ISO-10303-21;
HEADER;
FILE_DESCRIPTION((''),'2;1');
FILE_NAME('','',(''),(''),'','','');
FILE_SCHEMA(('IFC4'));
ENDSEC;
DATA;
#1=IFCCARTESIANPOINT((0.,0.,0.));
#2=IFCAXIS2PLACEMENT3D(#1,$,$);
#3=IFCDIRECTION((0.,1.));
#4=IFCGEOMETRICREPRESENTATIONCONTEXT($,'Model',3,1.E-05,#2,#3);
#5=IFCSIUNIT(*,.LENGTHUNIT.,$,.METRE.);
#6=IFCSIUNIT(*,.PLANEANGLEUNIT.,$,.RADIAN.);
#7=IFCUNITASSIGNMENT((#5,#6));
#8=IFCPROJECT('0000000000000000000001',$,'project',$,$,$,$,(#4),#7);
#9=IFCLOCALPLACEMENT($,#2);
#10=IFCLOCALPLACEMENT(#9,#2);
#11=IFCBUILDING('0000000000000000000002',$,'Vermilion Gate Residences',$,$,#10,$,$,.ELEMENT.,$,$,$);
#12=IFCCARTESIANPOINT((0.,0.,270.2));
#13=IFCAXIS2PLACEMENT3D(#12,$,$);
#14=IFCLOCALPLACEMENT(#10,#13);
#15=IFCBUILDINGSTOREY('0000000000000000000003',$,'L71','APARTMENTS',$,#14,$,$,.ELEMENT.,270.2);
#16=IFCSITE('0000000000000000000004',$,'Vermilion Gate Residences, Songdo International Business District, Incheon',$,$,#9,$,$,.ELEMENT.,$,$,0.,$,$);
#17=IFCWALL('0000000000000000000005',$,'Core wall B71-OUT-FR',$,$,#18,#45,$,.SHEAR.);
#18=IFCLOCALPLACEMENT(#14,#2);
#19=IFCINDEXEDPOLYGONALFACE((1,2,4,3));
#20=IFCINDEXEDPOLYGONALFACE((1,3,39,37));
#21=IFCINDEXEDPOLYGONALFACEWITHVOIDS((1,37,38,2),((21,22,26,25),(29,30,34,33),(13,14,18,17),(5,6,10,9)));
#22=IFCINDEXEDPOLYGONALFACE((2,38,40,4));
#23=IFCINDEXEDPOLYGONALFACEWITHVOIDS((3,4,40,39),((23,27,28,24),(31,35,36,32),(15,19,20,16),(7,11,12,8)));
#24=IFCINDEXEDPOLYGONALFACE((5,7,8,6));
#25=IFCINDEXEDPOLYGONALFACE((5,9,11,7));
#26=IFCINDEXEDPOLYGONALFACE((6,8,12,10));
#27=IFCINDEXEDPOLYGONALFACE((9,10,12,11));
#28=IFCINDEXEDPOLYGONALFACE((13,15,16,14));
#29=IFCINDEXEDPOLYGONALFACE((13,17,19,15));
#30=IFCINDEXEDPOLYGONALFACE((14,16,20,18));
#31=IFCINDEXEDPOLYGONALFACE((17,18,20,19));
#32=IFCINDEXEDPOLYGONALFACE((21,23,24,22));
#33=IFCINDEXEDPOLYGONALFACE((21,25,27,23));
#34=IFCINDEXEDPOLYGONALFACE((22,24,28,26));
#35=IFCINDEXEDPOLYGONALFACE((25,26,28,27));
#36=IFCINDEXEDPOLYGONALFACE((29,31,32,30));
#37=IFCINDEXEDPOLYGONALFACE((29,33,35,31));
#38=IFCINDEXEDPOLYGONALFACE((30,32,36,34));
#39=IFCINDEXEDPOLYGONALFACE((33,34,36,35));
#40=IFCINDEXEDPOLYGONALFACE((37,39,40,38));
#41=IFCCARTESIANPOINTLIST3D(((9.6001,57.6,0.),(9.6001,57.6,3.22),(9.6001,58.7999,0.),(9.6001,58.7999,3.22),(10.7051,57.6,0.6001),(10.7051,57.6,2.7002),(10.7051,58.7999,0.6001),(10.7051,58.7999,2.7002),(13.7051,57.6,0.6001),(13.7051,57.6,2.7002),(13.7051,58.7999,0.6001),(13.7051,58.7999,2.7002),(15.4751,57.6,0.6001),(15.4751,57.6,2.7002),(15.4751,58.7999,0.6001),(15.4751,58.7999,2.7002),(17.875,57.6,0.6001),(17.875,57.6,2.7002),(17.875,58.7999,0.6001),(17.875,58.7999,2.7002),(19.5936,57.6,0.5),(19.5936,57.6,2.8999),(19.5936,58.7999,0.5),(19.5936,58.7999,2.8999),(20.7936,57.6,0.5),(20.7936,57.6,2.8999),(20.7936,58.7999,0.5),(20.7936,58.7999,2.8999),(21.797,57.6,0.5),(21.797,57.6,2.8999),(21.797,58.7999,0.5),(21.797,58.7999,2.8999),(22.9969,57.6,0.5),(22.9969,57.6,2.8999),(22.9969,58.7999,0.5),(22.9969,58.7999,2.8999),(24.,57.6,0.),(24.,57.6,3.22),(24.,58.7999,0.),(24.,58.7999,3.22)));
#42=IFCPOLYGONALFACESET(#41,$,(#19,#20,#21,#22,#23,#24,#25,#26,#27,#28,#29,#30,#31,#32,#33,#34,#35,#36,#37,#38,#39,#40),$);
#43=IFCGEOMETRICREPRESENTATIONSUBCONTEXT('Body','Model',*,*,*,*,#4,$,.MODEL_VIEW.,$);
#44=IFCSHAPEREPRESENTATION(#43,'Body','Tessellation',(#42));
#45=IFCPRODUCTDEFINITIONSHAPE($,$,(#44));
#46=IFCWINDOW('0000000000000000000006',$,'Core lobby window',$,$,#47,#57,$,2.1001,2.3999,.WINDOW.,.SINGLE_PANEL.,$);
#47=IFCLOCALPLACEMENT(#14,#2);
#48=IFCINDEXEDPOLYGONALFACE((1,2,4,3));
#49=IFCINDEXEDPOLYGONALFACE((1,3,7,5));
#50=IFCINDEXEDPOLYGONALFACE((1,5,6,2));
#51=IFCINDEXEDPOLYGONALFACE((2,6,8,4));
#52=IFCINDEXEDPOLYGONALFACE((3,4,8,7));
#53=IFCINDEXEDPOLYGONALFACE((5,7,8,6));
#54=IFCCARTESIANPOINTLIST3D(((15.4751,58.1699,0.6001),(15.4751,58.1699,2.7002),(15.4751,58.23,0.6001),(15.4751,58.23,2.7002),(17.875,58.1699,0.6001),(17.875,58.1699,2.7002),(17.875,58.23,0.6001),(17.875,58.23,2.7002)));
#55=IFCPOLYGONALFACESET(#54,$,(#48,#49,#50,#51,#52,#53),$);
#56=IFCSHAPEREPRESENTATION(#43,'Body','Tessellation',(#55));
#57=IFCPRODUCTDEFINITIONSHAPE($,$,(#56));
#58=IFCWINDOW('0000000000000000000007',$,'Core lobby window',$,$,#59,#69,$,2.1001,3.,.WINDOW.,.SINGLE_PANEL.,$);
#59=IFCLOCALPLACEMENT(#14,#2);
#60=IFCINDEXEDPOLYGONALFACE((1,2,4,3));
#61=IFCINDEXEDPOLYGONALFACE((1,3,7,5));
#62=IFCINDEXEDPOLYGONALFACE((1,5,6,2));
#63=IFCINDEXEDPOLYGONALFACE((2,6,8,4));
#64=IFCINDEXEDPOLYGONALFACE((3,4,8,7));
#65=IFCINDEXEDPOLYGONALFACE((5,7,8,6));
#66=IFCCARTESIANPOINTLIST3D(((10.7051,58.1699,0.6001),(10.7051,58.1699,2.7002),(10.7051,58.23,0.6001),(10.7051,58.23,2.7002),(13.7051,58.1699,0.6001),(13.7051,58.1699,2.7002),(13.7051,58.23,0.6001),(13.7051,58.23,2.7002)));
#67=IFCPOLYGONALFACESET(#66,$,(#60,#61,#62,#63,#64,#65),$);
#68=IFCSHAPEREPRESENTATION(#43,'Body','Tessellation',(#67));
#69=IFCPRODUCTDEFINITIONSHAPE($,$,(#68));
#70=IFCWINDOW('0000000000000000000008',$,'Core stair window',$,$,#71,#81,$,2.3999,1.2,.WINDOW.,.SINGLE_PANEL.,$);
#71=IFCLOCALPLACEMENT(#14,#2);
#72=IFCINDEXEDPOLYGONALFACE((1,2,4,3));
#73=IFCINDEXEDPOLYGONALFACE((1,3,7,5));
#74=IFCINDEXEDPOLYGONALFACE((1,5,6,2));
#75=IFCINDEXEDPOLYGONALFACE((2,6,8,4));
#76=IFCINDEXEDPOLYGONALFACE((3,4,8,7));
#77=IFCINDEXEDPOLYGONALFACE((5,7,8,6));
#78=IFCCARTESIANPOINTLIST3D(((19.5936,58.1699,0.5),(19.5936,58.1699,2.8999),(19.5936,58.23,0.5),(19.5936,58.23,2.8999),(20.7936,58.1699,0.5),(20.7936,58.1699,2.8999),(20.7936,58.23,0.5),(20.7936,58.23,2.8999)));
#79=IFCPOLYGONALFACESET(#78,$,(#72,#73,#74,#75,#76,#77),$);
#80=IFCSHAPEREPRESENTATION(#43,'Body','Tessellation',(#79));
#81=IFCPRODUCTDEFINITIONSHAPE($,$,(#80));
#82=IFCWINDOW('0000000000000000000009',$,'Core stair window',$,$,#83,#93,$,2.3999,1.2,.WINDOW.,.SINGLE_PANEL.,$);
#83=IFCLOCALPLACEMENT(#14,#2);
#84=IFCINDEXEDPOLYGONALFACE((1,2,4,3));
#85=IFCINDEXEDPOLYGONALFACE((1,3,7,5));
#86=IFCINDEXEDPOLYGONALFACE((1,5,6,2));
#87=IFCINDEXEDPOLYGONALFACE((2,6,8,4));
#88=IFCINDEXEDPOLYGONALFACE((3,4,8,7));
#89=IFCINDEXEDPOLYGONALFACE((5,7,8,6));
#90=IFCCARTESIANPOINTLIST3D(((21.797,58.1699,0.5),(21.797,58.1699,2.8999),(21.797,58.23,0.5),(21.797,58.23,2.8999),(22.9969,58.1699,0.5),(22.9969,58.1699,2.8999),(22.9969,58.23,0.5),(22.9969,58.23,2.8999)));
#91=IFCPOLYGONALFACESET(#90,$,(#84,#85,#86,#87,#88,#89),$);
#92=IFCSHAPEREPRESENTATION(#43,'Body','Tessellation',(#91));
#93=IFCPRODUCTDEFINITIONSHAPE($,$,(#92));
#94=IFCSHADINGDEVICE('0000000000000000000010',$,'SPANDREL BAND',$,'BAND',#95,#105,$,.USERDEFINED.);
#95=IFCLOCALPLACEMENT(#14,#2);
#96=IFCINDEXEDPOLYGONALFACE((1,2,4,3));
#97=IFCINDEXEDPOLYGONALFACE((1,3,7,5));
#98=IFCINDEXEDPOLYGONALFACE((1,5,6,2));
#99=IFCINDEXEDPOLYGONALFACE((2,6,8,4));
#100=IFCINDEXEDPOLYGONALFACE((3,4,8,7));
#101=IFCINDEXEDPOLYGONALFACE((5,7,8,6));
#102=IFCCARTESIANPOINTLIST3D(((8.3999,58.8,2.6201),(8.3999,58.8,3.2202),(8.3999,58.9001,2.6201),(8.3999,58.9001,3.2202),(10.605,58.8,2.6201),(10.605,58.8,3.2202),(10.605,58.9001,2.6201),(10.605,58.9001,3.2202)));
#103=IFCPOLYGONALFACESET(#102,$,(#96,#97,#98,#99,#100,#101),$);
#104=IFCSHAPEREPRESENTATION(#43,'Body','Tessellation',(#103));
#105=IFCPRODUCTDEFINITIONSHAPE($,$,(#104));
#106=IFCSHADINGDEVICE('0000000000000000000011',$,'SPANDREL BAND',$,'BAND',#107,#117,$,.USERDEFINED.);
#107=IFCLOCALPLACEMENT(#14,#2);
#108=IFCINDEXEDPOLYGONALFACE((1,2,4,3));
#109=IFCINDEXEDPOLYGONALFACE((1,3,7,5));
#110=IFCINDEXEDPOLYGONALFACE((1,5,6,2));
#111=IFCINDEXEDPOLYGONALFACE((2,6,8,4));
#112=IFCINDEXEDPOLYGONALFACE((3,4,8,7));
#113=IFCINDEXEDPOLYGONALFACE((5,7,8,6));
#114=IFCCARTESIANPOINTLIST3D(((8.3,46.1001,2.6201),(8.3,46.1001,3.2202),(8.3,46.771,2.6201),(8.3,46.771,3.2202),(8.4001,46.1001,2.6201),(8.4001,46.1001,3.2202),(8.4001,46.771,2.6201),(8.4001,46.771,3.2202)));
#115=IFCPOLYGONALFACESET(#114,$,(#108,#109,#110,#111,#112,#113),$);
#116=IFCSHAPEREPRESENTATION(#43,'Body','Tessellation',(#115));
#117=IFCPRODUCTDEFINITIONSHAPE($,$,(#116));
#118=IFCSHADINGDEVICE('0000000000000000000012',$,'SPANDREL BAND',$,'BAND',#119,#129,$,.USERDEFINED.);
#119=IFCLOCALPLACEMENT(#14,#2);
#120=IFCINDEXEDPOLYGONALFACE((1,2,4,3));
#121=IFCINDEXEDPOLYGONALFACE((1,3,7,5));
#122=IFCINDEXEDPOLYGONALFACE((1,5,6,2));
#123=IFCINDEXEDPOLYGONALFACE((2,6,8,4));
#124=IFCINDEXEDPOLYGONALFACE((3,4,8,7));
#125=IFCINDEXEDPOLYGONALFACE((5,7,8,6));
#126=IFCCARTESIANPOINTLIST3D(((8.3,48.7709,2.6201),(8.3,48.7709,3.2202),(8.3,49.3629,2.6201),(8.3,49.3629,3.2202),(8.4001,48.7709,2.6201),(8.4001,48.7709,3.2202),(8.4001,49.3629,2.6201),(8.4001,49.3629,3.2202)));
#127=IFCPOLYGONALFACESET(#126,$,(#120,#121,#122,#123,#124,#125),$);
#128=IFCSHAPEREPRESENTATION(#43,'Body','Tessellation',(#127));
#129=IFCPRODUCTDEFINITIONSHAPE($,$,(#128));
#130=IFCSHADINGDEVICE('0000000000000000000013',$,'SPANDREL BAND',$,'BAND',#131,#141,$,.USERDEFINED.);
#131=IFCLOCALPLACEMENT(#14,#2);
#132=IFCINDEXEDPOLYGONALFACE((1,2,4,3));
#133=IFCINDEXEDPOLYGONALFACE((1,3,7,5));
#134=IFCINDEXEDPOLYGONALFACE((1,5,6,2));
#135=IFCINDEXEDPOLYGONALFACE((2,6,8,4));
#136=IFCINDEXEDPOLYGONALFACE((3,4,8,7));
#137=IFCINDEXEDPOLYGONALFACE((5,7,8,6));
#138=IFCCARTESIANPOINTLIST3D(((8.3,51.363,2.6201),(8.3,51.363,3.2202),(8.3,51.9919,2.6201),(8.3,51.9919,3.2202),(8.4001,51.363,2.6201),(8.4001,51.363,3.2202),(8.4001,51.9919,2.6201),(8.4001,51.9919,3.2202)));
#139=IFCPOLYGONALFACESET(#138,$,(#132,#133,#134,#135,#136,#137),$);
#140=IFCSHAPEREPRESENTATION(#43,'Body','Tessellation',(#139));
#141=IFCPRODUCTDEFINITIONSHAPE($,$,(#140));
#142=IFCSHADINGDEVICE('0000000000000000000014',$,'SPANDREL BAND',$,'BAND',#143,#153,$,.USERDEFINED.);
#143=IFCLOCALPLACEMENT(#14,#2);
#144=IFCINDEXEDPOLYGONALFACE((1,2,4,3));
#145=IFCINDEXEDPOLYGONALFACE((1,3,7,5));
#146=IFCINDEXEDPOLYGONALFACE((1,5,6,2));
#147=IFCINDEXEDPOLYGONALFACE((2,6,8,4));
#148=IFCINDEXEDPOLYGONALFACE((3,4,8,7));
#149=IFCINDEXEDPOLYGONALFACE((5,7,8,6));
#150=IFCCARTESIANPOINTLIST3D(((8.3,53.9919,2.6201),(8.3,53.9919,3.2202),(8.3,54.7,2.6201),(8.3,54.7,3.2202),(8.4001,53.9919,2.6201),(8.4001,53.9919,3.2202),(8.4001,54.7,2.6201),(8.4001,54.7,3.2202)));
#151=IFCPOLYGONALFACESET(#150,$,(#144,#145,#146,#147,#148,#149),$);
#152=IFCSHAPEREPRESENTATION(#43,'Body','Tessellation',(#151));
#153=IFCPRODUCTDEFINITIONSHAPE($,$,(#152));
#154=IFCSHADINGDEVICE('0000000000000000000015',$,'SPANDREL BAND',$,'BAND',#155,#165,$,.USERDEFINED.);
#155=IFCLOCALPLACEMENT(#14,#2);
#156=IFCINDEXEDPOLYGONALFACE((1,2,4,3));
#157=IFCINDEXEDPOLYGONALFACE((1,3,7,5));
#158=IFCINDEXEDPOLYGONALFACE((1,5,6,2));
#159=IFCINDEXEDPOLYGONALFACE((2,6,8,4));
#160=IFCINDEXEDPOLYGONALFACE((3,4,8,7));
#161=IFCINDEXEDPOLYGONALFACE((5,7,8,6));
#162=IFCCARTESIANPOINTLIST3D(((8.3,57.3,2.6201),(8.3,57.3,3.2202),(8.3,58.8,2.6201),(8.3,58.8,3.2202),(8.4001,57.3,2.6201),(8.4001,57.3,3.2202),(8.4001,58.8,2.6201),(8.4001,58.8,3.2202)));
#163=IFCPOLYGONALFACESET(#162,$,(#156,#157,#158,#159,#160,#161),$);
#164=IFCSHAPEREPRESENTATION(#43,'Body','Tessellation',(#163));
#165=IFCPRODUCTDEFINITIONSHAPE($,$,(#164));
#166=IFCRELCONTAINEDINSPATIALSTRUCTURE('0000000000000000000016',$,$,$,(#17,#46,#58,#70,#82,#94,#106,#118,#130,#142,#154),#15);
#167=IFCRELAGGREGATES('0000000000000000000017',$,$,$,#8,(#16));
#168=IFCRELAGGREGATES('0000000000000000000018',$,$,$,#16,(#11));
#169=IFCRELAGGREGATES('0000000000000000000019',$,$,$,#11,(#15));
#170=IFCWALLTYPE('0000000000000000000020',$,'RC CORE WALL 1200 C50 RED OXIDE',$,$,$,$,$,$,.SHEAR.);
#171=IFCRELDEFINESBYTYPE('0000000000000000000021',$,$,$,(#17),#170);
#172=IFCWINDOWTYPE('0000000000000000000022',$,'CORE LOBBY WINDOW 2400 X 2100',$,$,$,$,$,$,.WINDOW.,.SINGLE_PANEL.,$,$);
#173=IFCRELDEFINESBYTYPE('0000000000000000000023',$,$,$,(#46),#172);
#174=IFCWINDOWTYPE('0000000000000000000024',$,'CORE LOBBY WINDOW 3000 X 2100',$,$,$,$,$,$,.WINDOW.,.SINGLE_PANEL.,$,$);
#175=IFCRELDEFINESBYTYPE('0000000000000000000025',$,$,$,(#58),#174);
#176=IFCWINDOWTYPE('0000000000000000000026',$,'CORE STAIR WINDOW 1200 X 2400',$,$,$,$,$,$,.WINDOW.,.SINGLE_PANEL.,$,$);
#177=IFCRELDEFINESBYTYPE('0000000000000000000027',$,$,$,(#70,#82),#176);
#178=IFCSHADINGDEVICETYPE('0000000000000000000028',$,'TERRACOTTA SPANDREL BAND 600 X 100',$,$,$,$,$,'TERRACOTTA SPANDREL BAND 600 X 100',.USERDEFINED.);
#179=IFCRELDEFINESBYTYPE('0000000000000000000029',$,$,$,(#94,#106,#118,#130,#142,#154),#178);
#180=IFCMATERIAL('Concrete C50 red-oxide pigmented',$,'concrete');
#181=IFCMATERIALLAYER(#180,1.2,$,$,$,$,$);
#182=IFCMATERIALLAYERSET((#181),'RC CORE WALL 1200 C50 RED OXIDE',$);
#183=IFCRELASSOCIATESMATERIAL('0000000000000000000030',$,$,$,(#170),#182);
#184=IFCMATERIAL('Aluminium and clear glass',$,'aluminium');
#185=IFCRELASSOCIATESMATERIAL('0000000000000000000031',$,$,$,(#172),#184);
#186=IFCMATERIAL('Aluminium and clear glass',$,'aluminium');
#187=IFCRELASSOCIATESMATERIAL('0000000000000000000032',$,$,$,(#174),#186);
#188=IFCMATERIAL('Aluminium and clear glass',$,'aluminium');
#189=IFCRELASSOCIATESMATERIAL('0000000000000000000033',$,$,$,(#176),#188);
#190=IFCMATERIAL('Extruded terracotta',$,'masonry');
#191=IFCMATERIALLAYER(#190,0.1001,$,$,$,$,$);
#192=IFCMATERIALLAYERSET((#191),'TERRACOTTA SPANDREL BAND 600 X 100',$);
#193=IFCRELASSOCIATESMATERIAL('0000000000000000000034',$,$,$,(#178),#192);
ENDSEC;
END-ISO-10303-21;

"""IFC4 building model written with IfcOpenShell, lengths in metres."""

from ifc_helpers import new_model, si_unit, direction, frame, frame_2d, origin, origin_2d, place, context, subcontext, project, spatial, rectangle, extrude, material, layer, layer_set, type_object, element, fill, save


model = new_model("IFC4")

# Units and contexts
model_context = context("Model", 3, precision=1e-05, world=origin(), true_north=direction((0.0, 1.0)))
body_context = subcontext(model_context, "Body", "Model", "MODEL_VIEW")
ifc_project = project(units=[si_unit("LENGTHUNIT", "METRE"), si_unit("PLANEANGLEUNIT", "RADIAN")], contexts=[model_context])

# Site, building, storey
site_placement = place(None, origin())
site = spatial("IfcSite", under=ifc_project, at=site_placement, Name="Vermilion Gate Residences, Songdo International Business District, Incheon", CompositionType="ELEMENT", RefElevation=0.0)
building_placement = place(site_placement, origin())
building = spatial("IfcBuilding", under=site, at=building_placement, Name="Vermilion Gate Residences", CompositionType="ELEMENT")
storey_placement = place(building_placement, frame((0.0, 0.0, 270.2)))
storey = spatial("IfcBuildingStorey", under=building, at=storey_placement, Name="L71", Description="APARTMENTS", CompositionType="ELEMENT", Elevation=270.2)

# Wall, openings, windows
ifc_material_1 = material(Name="Concrete C50 red-oxide pigmented", Category="concrete")
ifc_layer_1 = layer(ifc_material_1, 1.2)
ifc_layer_set_1 = layer_set([ifc_layer_1], Name="RC CORE WALL 1200 C50 RED OXIDE")
wall_type_1 = type_object("IfcWallType", Name="RC CORE WALL 1200 C50 RED OXIDE", PredefinedType="SHEAR", material=ifc_layer_set_1)
ifc_material_2 = material(Name="Aluminium and clear glass", Category="aluminium")
window_type_1 = type_object("IfcWindowType", Name="CORE LOBBY WINDOW 2400 X 2100", PartitioningType="SINGLE_PANEL", PredefinedType="WINDOW", material=ifc_material_2)
wall_1_placement = place(storey_placement, frame((9.6001, 58.2, 0.0), z_axis=(0.0, 0.0, 1.0), x_axis=(1.0, 0.0, 0.0)))
wall_1 = element("IfcWall", 1, at=wall_1_placement, inside=storey, type_object=wall_type_1, Name="Core wall B71-OUT-FR", PredefinedType="SHEAR", context=body_context, shape_type="SweptSolid", body=[
    extrude(rectangle(XDim=14.3999, YDim=1.2, at=frame_2d((7.2, 0.0))), origin(), (0.0, 0.0, 1.0), 3.22),
])
opening_1_placement = place(wall_1_placement, frame((1.105, 0.0, 0.6001)))
opening_1 = element("IfcOpeningElement", 2, at=opening_1_placement, cuts=wall_1, PredefinedType="OPENING", context=body_context, shape_type="SweptSolid", body=[
    extrude(rectangle(XDim=3.0, YDim=2.1001, at=frame_2d((1.5, 1.05))), frame((0.0, 0.6099, 0.0), z_axis=(0.0, -1.0, 0.0), x_axis=(1.0, 0.0, 0.0)), (0.0, 0.0, 1.0), 1.22),
])
opening_2_placement = place(wall_1_placement, frame((5.875, 0.0, 0.6001)))
opening_2 = element("IfcOpeningElement", 3, at=opening_2_placement, cuts=wall_1, PredefinedType="OPENING", context=body_context, shape_type="SweptSolid", body=[
    extrude(rectangle(XDim=2.3999, YDim=2.1001, at=frame_2d((1.2, 1.05))), frame((0.0, 0.6099, 0.0), z_axis=(0.0, -1.0, 0.0), x_axis=(1.0, 0.0, 0.0)), (0.0, 0.0, 1.0), 1.22),
])
opening_3_placement = place(wall_1_placement, frame((9.9934, 0.0, 0.5)))
opening_3 = element("IfcOpeningElement", 4, at=opening_3_placement, cuts=wall_1, PredefinedType="OPENING", context=body_context, shape_type="SweptSolid", body=[
    extrude(rectangle(XDim=1.2, YDim=2.3999, at=frame_2d((0.6001, 1.2))), frame((0.0, 0.6099, 0.0), z_axis=(0.0, -1.0, 0.0), x_axis=(1.0, 0.0, 0.0)), (0.0, 0.0, 1.0), 1.22),
])
opening_4_placement = place(wall_1_placement, frame((12.1968, 0.0, 0.5)))
opening_4 = element("IfcOpeningElement", 5, at=opening_4_placement, cuts=wall_1, PredefinedType="OPENING", context=body_context, shape_type="SweptSolid", body=[
    extrude(rectangle(XDim=1.2, YDim=2.3999, at=frame_2d((0.6001, 1.2))), frame((0.0, 0.6099, 0.0), z_axis=(0.0, -1.0, 0.0), x_axis=(1.0, 0.0, 0.0)), (0.0, 0.0, 1.0), 1.22),
])
window_1_placement = place(opening_2_placement, origin())
window_1 = element("IfcWindow", 6, at=window_1_placement, inside=storey, type_object=window_type_1, Name="Core lobby window", OverallHeight=2.1001, OverallWidth=2.3999, PartitioningType="SINGLE_PANEL", PredefinedType="WINDOW", context=body_context, shape_type="SweptSolid", body=[
    extrude(rectangle(XDim=2.3999, YDim=2.1001, at=frame_2d((1.2, 1.05))), frame((0.0, 0.03, 0.0), z_axis=(0.0, -1.0, 0.0), x_axis=(1.0, 0.0, 0.0)), (0.0, 0.0, 1.0), 0.0601),
])
fill(opening_2, window_1)
ifc_material_3 = material(Name="Aluminium and clear glass", Category="aluminium")
window_type_2 = type_object("IfcWindowType", Name="CORE LOBBY WINDOW 3000 X 2100", PartitioningType="SINGLE_PANEL", PredefinedType="WINDOW", material=ifc_material_3)
window_2_placement = place(opening_1_placement, origin())
window_2 = element("IfcWindow", 7, at=window_2_placement, inside=storey, type_object=window_type_2, Name="Core lobby window", OverallHeight=2.1001, OverallWidth=3.0, PartitioningType="SINGLE_PANEL", PredefinedType="WINDOW", context=body_context, shape_type="SweptSolid", body=[
    extrude(rectangle(XDim=3.0, YDim=2.1001, at=frame_2d((1.5, 1.05))), frame((0.0, 0.03, 0.0), z_axis=(0.0, -1.0, 0.0), x_axis=(1.0, 0.0, 0.0)), (0.0, 0.0, 1.0), 0.0601),
])
fill(opening_1, window_2)
ifc_material_4 = material(Name="Aluminium and clear glass", Category="aluminium")
window_type_3 = type_object("IfcWindowType", Name="CORE STAIR WINDOW 1200 X 2400", PartitioningType="SINGLE_PANEL", PredefinedType="WINDOW", material=ifc_material_4)
window_3_placement = place(opening_3_placement, origin())
window_3 = element("IfcWindow", 8, at=window_3_placement, inside=storey, type_object=window_type_3, Name="Core stair window", OverallHeight=2.3999, OverallWidth=1.2, PartitioningType="SINGLE_PANEL", PredefinedType="WINDOW", context=body_context, shape_type="SweptSolid", body=[
    extrude(rectangle(XDim=1.2, YDim=2.3999, at=frame_2d((0.6001, 1.2))), frame((0.0, 0.03, 0.0), z_axis=(0.0, -1.0, 0.0), x_axis=(1.0, 0.0, 0.0)), (0.0, 0.0, 1.0), 0.0601),
])
fill(opening_3, window_3)
window_4_placement = place(opening_4_placement, origin())
window_4 = element("IfcWindow", 9, at=window_4_placement, inside=storey, type_object=window_type_3, Name="Core stair window", OverallHeight=2.3999, OverallWidth=1.2, PartitioningType="SINGLE_PANEL", PredefinedType="WINDOW", context=body_context, shape_type="SweptSolid", body=[
    extrude(rectangle(XDim=1.2, YDim=2.3999, at=frame_2d((0.6001, 1.2))), frame((0.0, 0.03, 0.0), z_axis=(0.0, -1.0, 0.0), x_axis=(1.0, 0.0, 0.0)), (0.0, 0.0, 1.0), 0.0601),
])
fill(opening_4, window_4)

# Shading devices
ifc_material_5 = material(Name="Extruded terracotta", Category="masonry")
ifc_layer_2 = layer(ifc_material_5, 0.1001)
ifc_layer_set_2 = layer_set([ifc_layer_2], Name="TERRACOTTA SPANDREL BAND 600 X 100")
shading_device_type = type_object("IfcShadingDeviceType", Name="TERRACOTTA SPANDREL BAND 600 X 100", ElementType="TERRACOTTA SPANDREL BAND 600 X 100", PredefinedType="USERDEFINED", material=ifc_layer_set_2)
shading_device_1_placement = place(storey_placement, frame((9.5024, 58.8501, 2.6201), z_axis=(0.0, 0.0, 1.0), x_axis=(1.0, 0.0, 0.0)))
element("IfcShadingDevice", 10, at=shading_device_1_placement, inside=storey, type_object=shading_device_type, Name="SPANDREL BAND", ObjectType="BAND", PredefinedType="USERDEFINED", context=body_context, shape_type="SweptSolid", body=[
    extrude(rectangle(XDim=2.2051, YDim=0.1001, at=origin_2d()), origin(), (0.0, 0.0, 1.0), 0.6001),
])
shading_device_2_placement = place(storey_placement, frame((8.3501, 46.4355, 2.6201), z_axis=(0.0, 0.0, 1.0), x_axis=(0.0, 1.0, 0.0)))
element("IfcShadingDevice", 11, at=shading_device_2_placement, inside=storey, type_object=shading_device_type, Name="SPANDREL BAND", ObjectType="BAND", PredefinedType="USERDEFINED", context=body_context, shape_type="SweptSolid", body=[
    extrude(rectangle(XDim=0.6709, YDim=0.1001, at=origin_2d()), origin(), (0.0, 0.0, 1.0), 0.6001),
])
shading_device_3_placement = place(storey_placement, frame((8.3501, 49.0669, 2.6201), z_axis=(0.0, 0.0, 1.0), x_axis=(0.0, 1.0, 0.0)))
element("IfcShadingDevice", 12, at=shading_device_3_placement, inside=storey, type_object=shading_device_type, Name="SPANDREL BAND", ObjectType="BAND", PredefinedType="USERDEFINED", context=body_context, shape_type="SweptSolid", body=[
    extrude(rectangle(XDim=0.592, YDim=0.1001, at=origin_2d()), origin(), (0.0, 0.0, 1.0), 0.6001),
])
shading_device_4_placement = place(storey_placement, frame((8.3501, 51.6775, 2.6201), z_axis=(0.0, 0.0, 1.0), x_axis=(0.0, 1.0, 0.0)))
element("IfcShadingDevice", 13, at=shading_device_4_placement, inside=storey, type_object=shading_device_type, Name="SPANDREL BAND", ObjectType="BAND", PredefinedType="USERDEFINED", context=body_context, shape_type="SweptSolid", body=[
    extrude(rectangle(XDim=0.6289, YDim=0.1001, at=origin_2d()), origin(), (0.0, 0.0, 1.0), 0.6001),
])
shading_device_5_placement = place(storey_placement, frame((8.3501, 54.3459, 2.6201), z_axis=(0.0, 0.0, 1.0), x_axis=(0.0, 1.0, 0.0)))
element("IfcShadingDevice", 14, at=shading_device_5_placement, inside=storey, type_object=shading_device_type, Name="SPANDREL BAND", ObjectType="BAND", PredefinedType="USERDEFINED", context=body_context, shape_type="SweptSolid", body=[
    extrude(rectangle(XDim=0.708, YDim=0.1001, at=origin_2d()), origin(), (0.0, 0.0, 1.0), 0.6001),
])
shading_device_6_placement = place(storey_placement, frame((8.3501, 58.05, 2.6201), z_axis=(0.0, 0.0, 1.0), x_axis=(0.0, 1.0, 0.0)))
element("IfcShadingDevice", 15, at=shading_device_6_placement, inside=storey, type_object=shading_device_type, Name="SPANDREL BAND", ObjectType="BAND", PredefinedType="USERDEFINED", context=body_context, shape_type="SweptSolid", body=[
    extrude(rectangle(XDim=1.5, YDim=0.1001, at=origin_2d()), origin(), (0.0, 0.0, 1.0), 0.6001),
])

save(model, "model.ifc")
